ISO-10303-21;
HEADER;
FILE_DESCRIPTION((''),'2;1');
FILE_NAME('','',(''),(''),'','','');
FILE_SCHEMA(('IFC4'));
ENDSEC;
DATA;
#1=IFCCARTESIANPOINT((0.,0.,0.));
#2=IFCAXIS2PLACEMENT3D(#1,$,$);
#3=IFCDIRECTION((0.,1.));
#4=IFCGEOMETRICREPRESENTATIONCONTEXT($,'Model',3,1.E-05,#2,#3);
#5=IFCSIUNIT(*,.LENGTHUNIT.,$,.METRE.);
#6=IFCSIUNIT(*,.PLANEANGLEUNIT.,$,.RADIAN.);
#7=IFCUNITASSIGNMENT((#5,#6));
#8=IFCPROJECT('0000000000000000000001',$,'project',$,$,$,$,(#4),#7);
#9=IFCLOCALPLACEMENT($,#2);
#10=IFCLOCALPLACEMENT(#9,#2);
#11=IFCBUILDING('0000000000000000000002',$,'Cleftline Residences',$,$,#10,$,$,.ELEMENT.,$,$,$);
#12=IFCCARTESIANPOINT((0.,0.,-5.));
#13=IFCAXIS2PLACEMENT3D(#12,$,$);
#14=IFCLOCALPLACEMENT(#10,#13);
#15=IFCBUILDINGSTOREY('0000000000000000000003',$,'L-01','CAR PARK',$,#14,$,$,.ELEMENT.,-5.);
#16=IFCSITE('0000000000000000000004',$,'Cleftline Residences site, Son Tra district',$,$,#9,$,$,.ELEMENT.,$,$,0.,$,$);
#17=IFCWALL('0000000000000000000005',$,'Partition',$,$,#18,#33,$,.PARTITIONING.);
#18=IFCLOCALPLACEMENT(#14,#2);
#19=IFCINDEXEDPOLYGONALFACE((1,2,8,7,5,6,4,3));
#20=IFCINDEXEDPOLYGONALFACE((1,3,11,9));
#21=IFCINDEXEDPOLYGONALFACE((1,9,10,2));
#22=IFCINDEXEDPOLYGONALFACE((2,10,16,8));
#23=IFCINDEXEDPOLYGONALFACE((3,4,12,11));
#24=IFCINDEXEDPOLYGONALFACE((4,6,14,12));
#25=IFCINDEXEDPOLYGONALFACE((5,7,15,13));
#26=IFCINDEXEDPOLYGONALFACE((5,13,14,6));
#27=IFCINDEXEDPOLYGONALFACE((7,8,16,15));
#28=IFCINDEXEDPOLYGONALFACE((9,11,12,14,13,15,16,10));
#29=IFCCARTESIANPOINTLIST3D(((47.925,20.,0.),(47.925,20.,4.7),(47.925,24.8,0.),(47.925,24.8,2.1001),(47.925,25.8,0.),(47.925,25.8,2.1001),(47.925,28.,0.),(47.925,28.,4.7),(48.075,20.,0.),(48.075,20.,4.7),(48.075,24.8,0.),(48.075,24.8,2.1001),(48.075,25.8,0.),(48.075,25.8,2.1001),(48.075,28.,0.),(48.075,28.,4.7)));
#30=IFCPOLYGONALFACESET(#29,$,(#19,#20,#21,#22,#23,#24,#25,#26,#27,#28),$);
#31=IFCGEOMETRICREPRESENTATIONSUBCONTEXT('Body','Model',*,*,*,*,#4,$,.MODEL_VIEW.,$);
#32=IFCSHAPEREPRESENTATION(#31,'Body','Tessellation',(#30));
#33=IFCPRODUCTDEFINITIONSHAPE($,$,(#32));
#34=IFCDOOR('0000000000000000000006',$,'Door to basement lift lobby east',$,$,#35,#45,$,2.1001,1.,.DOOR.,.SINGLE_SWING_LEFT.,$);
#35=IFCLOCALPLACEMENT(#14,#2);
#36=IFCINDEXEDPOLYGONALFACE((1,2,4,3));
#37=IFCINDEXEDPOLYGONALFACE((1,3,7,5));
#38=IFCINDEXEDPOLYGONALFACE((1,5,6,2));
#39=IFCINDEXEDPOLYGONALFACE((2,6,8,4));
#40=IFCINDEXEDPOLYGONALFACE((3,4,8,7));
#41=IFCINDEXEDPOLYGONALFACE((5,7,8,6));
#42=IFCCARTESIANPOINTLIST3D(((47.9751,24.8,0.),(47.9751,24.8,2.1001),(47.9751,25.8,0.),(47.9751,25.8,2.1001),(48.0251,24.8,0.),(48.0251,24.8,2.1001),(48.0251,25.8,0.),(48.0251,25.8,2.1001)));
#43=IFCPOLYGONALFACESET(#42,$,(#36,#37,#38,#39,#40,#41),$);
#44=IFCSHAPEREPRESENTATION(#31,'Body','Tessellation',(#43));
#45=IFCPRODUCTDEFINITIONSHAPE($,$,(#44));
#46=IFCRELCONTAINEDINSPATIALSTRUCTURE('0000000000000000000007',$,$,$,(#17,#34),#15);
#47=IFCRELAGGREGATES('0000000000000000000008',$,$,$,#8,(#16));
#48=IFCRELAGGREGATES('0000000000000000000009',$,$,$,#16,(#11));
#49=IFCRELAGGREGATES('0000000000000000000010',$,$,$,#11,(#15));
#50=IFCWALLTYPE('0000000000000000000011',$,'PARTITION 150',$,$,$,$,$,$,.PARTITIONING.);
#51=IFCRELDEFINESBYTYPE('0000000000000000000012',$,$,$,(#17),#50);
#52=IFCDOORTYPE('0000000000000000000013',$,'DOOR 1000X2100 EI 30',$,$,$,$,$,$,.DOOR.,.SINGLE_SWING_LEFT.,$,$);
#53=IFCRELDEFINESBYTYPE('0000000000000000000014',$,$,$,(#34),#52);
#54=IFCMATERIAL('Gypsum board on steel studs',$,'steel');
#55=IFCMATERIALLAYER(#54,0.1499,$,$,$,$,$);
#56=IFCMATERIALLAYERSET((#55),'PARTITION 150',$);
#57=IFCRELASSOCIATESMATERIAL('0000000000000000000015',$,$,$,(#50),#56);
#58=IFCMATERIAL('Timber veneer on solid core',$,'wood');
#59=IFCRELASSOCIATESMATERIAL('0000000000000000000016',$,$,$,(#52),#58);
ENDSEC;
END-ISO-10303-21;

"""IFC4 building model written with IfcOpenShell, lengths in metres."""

from ifc_helpers import new_model, si_unit, direction, frame, frame_2d, origin, place, context, subcontext, project, spatial, rectangle, extrude, material, layer, layer_set, type_object, element, fill, save


model = new_model("IFC4")

# Units and contexts
model_context = context("Model", 3, precision=1e-05, world=origin(), true_north=direction((0.0, 1.0)))
body_context = subcontext(model_context, "Body", "Model", "MODEL_VIEW")
ifc_project = project(units=[si_unit("LENGTHUNIT", "METRE"), si_unit("PLANEANGLEUNIT", "RADIAN")], contexts=[model_context])

# Site, building, storey
site_placement = place(None, origin())
site = spatial("IfcSite", under=ifc_project, at=site_placement, Name="Cleftline Residences site, Son Tra district", CompositionType="ELEMENT", RefElevation=0.0)
building_placement = place(site_placement, origin())
building = spatial("IfcBuilding", under=site, at=building_placement, Name="Cleftline Residences", CompositionType="ELEMENT")
storey_placement = place(building_placement, frame((0.0, 0.0, -5.0)))
storey = spatial("IfcBuildingStorey", under=building, at=storey_placement, Name="L-01", Description="CAR PARK", CompositionType="ELEMENT", Elevation=-5.0)

# Shared definitions
ifc_material_1 = material(Name="Gypsum board on steel studs", Category="steel")
ifc_layer_1 = layer(ifc_material_1, 0.1499)
ifc_layer_set_1 = layer_set([ifc_layer_1], Name="PARTITION 150")
wall_type_1 = type_object("IfcWallType", Name="PARTITION 150", PredefinedType="PARTITIONING", material=ifc_layer_set_1)

# Wall, opening, door
wall_1_placement = place(storey_placement, frame((48.0, 20.0, 0.0), z_axis=(0.0, 0.0, 1.0), x_axis=(0.0, 1.0, 0.0)))
wall_1 = element("IfcWall", 1, at=wall_1_placement, inside=storey, type_object=wall_type_1, Name="Partition", PredefinedType="PARTITIONING", context=body_context, shape_type="SweptSolid", body=[
    extrude(rectangle(XDim=8.0, YDim=0.1499, at=frame_2d((4.0, 0.0))), origin(), (0.0, 0.0, 1.0), 4.7),
])
opening_1_placement = place(wall_1_placement, frame((4.8, 0.0, 0.0)))
opening_1 = element("IfcOpeningElement", 2, at=opening_1_placement, cuts=wall_1, PredefinedType="OPENING", context=body_context, shape_type="SweptSolid", body=[
    extrude(rectangle(XDim=1.0, YDim=2.1001, at=frame_2d((0.5, 1.05))), frame((0.0, 0.085, 0.0), z_axis=(0.0, -1.0, 0.0), x_axis=(1.0, 0.0, 0.0)), (0.0, 0.0, 1.0), 0.1699),
])
ifc_material_2 = material(Name="Timber veneer on solid core", Category="wood")
door_type_1 = type_object("IfcDoorType", Name="DOOR 1000X2100 EI 30", OperationType="SINGLE_SWING_LEFT", PredefinedType="DOOR", material=ifc_material_2)
door_1_placement = place(opening_1_placement, origin())
door_1 = element("IfcDoor", 3, at=door_1_placement, inside=storey, type_object=door_type_1, Name="Door to basement lift lobby east", OperationType="SINGLE_SWING_LEFT", OverallHeight=2.1001, OverallWidth=1.0, PredefinedType="DOOR", context=body_context, shape_type="SweptSolid", body=[
    extrude(rectangle(XDim=1.0, YDim=2.1001, at=frame_2d((0.5, 1.05))), frame((0.0, 0.0249, 0.0), z_axis=(0.0, -1.0, 0.0), x_axis=(1.0, 0.0, 0.0)), (0.0, 0.0, 1.0), 0.05),
])
fill(opening_1, door_1)

save(model, "model.ifc")
